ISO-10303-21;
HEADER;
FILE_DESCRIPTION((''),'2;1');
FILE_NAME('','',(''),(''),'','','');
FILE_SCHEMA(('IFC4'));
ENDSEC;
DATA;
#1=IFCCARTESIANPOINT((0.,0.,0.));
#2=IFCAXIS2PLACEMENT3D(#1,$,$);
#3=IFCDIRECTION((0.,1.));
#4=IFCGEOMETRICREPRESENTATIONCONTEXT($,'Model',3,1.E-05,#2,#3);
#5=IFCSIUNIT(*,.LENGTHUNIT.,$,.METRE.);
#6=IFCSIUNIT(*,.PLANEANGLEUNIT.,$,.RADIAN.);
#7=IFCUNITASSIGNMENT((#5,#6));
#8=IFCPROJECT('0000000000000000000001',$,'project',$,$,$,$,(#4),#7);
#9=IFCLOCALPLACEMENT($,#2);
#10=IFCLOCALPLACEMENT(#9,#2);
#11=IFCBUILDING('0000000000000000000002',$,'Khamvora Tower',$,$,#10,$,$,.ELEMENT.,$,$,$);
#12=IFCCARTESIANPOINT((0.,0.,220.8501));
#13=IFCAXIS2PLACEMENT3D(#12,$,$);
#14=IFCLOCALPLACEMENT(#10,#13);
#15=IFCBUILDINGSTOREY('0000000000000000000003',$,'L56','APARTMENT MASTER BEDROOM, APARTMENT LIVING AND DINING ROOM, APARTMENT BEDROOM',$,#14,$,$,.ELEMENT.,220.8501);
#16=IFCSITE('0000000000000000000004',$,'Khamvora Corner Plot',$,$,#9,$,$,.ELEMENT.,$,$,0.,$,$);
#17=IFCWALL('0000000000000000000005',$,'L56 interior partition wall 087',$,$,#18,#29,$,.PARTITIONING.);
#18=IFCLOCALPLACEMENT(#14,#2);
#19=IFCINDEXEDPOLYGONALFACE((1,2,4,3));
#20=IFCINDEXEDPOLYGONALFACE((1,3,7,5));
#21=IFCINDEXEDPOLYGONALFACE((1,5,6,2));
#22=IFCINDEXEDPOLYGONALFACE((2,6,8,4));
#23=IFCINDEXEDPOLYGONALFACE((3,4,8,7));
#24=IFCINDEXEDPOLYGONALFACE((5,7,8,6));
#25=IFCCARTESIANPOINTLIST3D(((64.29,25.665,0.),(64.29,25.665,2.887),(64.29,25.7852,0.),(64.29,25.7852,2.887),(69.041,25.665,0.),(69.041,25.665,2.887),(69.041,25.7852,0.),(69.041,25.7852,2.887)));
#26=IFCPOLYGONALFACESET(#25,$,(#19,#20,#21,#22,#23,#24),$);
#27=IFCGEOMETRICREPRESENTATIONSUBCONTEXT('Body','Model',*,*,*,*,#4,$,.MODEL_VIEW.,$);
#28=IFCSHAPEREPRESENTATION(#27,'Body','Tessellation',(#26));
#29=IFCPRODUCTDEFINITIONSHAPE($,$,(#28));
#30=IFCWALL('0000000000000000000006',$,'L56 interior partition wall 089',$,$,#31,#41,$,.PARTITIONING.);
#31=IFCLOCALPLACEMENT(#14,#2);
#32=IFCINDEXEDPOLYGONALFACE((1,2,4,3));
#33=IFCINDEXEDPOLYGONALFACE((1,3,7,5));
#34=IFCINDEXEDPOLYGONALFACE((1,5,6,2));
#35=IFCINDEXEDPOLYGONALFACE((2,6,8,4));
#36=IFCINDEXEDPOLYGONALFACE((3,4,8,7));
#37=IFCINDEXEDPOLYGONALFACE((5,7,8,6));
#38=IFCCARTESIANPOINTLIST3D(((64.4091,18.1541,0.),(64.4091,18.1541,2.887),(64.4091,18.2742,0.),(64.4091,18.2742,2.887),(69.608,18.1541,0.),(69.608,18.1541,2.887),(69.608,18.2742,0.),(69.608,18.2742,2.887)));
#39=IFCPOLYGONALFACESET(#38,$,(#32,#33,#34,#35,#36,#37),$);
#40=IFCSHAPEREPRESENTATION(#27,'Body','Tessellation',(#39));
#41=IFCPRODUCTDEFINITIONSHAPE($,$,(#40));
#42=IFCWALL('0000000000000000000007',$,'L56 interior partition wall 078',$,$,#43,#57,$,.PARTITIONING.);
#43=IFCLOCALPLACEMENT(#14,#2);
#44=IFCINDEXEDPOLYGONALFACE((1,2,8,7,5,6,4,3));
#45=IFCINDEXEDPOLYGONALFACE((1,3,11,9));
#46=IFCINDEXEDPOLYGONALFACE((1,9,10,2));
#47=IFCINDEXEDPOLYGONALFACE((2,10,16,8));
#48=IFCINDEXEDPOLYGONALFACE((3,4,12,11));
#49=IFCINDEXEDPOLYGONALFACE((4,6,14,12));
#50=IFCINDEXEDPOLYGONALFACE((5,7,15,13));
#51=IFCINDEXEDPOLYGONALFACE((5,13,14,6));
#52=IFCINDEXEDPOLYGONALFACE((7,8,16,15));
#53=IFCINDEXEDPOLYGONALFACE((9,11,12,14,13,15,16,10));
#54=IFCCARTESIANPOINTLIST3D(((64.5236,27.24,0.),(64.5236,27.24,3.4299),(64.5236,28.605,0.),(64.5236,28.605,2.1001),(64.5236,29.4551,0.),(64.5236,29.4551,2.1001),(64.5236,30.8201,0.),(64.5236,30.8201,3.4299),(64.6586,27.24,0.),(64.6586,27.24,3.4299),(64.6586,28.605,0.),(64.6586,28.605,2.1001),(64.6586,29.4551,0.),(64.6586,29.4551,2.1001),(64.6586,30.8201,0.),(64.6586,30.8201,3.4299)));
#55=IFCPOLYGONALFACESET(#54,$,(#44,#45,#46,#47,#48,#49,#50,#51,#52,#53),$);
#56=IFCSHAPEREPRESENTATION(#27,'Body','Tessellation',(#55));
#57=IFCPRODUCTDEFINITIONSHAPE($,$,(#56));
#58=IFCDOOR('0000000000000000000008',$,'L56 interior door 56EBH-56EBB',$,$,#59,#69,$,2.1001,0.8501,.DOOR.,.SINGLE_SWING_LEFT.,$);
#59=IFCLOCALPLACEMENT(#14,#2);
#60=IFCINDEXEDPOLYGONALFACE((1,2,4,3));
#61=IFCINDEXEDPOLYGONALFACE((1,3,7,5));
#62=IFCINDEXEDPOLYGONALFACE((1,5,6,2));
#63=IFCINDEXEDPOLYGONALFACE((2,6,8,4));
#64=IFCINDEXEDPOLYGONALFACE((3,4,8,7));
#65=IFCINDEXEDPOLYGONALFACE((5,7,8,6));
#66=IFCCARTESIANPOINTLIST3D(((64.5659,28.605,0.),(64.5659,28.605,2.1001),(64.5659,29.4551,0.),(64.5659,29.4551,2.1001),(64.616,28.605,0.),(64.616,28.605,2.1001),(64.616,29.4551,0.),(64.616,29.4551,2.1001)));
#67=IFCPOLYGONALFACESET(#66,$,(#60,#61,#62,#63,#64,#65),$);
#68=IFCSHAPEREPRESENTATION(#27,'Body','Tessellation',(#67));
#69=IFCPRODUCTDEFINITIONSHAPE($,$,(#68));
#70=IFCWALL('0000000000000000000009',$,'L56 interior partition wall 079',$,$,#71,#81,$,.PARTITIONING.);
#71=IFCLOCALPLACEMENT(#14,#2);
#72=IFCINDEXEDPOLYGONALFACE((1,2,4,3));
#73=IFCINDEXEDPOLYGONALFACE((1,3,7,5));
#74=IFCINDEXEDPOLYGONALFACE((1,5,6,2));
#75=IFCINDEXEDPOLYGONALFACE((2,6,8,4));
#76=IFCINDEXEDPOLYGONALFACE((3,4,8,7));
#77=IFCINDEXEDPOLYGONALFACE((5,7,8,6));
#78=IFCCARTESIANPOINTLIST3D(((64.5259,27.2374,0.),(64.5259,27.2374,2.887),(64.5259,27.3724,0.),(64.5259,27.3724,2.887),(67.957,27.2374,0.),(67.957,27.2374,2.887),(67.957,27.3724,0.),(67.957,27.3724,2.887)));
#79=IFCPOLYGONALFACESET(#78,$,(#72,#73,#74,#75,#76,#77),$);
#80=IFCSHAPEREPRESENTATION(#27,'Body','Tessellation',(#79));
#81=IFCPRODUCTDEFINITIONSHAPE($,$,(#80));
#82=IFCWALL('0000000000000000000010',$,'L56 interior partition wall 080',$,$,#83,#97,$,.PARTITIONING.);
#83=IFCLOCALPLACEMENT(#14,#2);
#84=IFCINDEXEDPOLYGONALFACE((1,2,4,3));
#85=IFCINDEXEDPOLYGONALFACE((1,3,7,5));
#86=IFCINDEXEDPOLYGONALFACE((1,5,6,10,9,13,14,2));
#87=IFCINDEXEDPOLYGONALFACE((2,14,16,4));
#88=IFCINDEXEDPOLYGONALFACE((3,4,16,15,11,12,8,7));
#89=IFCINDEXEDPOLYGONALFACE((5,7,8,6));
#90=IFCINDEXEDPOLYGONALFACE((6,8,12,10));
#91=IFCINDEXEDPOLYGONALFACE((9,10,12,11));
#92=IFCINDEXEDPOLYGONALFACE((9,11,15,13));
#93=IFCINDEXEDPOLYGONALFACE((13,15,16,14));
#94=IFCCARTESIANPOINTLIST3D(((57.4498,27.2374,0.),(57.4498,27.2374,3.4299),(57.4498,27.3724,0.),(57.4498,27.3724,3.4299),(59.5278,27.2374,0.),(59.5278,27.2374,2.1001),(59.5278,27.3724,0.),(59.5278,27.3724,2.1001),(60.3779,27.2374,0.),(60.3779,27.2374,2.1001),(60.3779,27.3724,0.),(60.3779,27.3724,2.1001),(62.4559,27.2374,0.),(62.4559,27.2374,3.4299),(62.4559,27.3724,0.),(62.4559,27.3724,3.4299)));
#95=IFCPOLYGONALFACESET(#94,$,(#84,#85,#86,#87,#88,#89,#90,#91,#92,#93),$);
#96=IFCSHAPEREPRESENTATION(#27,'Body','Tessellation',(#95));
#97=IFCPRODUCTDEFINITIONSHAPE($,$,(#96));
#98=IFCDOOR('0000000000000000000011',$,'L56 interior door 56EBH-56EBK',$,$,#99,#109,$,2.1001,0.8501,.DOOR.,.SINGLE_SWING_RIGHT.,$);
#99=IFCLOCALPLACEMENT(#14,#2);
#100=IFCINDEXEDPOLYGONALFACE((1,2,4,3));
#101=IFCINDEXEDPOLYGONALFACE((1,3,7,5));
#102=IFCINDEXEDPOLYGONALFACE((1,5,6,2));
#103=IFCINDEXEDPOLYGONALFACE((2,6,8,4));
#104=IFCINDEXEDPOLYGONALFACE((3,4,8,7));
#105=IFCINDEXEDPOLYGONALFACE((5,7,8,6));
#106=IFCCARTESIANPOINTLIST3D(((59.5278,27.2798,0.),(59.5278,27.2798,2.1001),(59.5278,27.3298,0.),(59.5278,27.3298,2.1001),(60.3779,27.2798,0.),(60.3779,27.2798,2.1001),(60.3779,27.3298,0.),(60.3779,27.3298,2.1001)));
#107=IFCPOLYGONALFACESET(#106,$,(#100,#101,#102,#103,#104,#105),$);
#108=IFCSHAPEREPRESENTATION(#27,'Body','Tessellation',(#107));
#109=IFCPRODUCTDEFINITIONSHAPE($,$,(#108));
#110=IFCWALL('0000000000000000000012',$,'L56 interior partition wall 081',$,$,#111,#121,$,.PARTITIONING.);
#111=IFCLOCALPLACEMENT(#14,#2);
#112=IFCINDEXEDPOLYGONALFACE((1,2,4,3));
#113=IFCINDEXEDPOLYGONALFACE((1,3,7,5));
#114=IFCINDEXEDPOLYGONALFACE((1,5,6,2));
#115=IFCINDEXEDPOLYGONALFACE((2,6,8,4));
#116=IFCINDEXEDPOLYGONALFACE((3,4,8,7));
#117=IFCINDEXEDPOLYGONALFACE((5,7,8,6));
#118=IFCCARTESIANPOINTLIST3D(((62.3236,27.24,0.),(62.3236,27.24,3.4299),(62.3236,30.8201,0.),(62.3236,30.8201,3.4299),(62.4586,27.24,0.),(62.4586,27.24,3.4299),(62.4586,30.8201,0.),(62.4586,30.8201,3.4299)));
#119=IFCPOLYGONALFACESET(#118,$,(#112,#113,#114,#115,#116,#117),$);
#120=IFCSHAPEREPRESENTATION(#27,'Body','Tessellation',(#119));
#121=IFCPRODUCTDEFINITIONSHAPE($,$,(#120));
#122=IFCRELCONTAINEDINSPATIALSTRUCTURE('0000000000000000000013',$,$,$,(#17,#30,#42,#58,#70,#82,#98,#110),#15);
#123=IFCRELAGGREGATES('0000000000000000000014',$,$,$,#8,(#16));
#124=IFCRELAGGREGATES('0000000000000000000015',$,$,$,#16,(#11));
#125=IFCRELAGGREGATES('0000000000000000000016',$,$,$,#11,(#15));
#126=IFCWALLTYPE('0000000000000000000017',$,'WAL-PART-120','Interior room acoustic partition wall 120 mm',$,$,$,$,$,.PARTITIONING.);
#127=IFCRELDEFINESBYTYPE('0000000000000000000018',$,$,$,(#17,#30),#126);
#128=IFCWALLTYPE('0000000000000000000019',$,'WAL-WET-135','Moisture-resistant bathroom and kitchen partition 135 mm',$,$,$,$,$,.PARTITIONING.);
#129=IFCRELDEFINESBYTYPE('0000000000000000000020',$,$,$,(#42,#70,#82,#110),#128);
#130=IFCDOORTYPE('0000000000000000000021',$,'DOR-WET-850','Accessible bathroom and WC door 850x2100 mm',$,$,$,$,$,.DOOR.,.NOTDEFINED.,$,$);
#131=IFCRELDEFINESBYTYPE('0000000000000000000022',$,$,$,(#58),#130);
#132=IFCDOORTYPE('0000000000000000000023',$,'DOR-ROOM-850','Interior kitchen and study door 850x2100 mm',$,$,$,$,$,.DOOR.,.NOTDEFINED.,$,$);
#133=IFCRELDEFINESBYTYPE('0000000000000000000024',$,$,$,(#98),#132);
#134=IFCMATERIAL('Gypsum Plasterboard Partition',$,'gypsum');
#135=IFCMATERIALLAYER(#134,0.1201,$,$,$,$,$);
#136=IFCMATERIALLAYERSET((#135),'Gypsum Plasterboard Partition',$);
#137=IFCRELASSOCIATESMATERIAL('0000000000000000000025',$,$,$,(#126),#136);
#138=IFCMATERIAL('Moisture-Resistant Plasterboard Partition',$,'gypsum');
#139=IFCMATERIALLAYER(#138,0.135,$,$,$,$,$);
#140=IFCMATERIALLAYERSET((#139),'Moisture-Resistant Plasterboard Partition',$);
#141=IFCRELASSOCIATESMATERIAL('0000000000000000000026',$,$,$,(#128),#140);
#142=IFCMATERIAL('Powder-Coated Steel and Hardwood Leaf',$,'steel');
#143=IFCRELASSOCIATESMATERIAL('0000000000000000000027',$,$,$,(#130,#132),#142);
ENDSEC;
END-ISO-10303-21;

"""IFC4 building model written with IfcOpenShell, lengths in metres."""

from ifc_helpers import new_model, si_unit, direction, frame, frame_2d, origin, place, context, subcontext, project, spatial, rectangle, extrude, material, layer, layer_set, type_object, element, fill, save


model = new_model("IFC4")

# Units and contexts
model_context = context("Model", 3, precision=1e-05, world=origin(), true_north=direction((0.0, 1.0)))
body_context = subcontext(model_context, "Body", "Model", "MODEL_VIEW")
ifc_project = project(units=[si_unit("LENGTHUNIT", "METRE"), si_unit("PLANEANGLEUNIT", "RADIAN")], contexts=[model_context])

# Site, building, storey
site_placement = place(None, origin())
site = spatial("IfcSite", under=ifc_project, at=site_placement, Name="Khamvora Corner Plot", CompositionType="ELEMENT", RefElevation=0.0)
building_placement = place(site_placement, origin())
building = spatial("IfcBuilding", under=site, at=building_placement, Name="Khamvora Tower", CompositionType="ELEMENT")
storey_placement = place(building_placement, frame((0.0, 0.0, 220.8501)))
storey = spatial("IfcBuildingStorey", under=building, at=storey_placement, Name="L56", Description="APARTMENT MASTER BEDROOM, APARTMENT LIVING AND DINING ROOM, APARTMENT BEDROOM", CompositionType="ELEMENT", Elevation=220.8501)

# Shared definitions
ifc_material_1 = material(Name="Gypsum Plasterboard Partition", Category="gypsum")
ifc_layer_1 = layer(ifc_material_1, 0.1201)
ifc_layer_set_1 = layer_set([ifc_layer_1], Name="Gypsum Plasterboard Partition")
wall_type_1 = type_object("IfcWallType", Name="WAL-PART-120", Description="Interior room acoustic partition wall 120 mm", PredefinedType="PARTITIONING", material=ifc_layer_set_1)

# Shared definitions
ifc_material_2 = material(Name="Powder-Coated Steel and Hardwood Leaf", Category="steel")

# Walls
wall_1_placement = place(storey_placement, frame((69.041, 25.7251, 0.0), z_axis=(0.0, 0.0, 1.0), x_axis=(-1.0, 0.0, 0.0)))
element("IfcWall", 1, at=wall_1_placement, inside=storey, type_object=wall_type_1, Name="L56 interior partition wall 087", PredefinedType="PARTITIONING", context=body_context, shape_type="SweptSolid", body=[
    extrude(rectangle(XDim=4.751, YDim=0.1201, at=frame_2d((2.3755, 0.0))), origin(), (0.0, 0.0, 1.0), 2.887),
])
wall_2_placement = place(storey_placement, frame((64.4089, 18.2141, 0.0), z_axis=(0.0, 0.0, 1.0), x_axis=(1.0, 0.0, 0.0)))
element("IfcWall", 2, at=wall_2_placement, inside=storey, type_object=wall_type_1, Name="L56 interior partition wall 089", PredefinedType="PARTITIONING", context=body_context, shape_type="SweptSolid", body=[
    extrude(rectangle(XDim=5.199, YDim=0.1201, at=frame_2d((2.5996, 0.0))), origin(), (0.0, 0.0, 1.0), 2.887),
])

# Wall, opening, door
ifc_material_3 = material(Name="Moisture-Resistant Plasterboard Partition", Category="gypsum")
ifc_layer_2 = layer(ifc_material_3, 0.135)
ifc_layer_set_2 = layer_set([ifc_layer_2], Name="Moisture-Resistant Plasterboard Partition")
wall_type_2 = type_object("IfcWallType", Name="WAL-WET-135", Description="Moisture-resistant bathroom and kitchen partition 135 mm", PredefinedType="PARTITIONING", material=ifc_layer_set_2)
wall_3_placement = place(storey_placement, frame((64.5911, 30.8201, 0.0), z_axis=(0.0, 0.0, 1.0), x_axis=(0.0, -1.0, 0.0)))
wall_3 = element("IfcWall", 3, at=wall_3_placement, inside=storey, type_object=wall_type_2, Name="L56 interior partition wall 078", PredefinedType="PARTITIONING", context=body_context, shape_type="SweptSolid", body=[
    extrude(rectangle(XDim=3.5801, YDim=0.135, at=frame_2d((1.79, 0.0))), origin(), (0.0, 0.0, 1.0), 3.4299),
])
opening_1_placement = place(wall_3_placement, frame((1.365, 0.0, 0.0)))
opening_1 = element("IfcOpeningElement", 4, at=opening_1_placement, cuts=wall_3, PredefinedType="OPENING", context=body_context, shape_type="SweptSolid", body=[
    extrude(rectangle(XDim=0.8501, YDim=2.1001, at=frame_2d((0.425, 1.05))), frame((0.0, 0.0774, 0.0), z_axis=(0.0, -1.0, 0.0), x_axis=(1.0, 0.0, 0.0)), (0.0, 0.0, 1.0), 0.155),
])
door_type_1 = type_object("IfcDoorType", Name="DOR-WET-850", Description="Accessible bathroom and WC door 850x2100 mm", OperationType="NOTDEFINED", PredefinedType="DOOR", material=ifc_material_2)
door_1_placement = place(opening_1_placement, origin())
door_1 = element("IfcDoor", 5, at=door_1_placement, inside=storey, type_object=door_type_1, Name="L56 interior door 56EBH-56EBB", OperationType="SINGLE_SWING_LEFT", OverallHeight=2.1001, OverallWidth=0.8501, PredefinedType="DOOR", context=body_context, shape_type="SweptSolid", body=[
    extrude(rectangle(XDim=0.8501, YDim=2.1001, at=frame_2d((0.425, 1.05))), frame((0.0, 0.0249, 0.0), z_axis=(0.0, -1.0, 0.0), x_axis=(1.0, 0.0, 0.0)), (0.0, 0.0, 1.0), 0.05),
])
fill(opening_1, door_1)

# Wall
wall_4_placement = place(storey_placement, frame((64.5259, 27.3049, 0.0), z_axis=(0.0, 0.0, 1.0), x_axis=(1.0, 0.0, 0.0)))
element("IfcWall", 6, at=wall_4_placement, inside=storey, type_object=wall_type_2, Name="L56 interior partition wall 079", PredefinedType="PARTITIONING", context=body_context, shape_type="SweptSolid", body=[
    extrude(rectangle(XDim=3.4312, YDim=0.135, at=frame_2d((1.7156, 0.0))), origin(), (0.0, 0.0, 1.0), 2.887),
])

# Wall, opening, door
wall_5_placement = place(storey_placement, frame((57.45, 27.3049, 0.0), z_axis=(0.0, 0.0, 1.0), x_axis=(1.0, 0.0, 0.0)))
wall_5 = element("IfcWall", 7, at=wall_5_placement, inside=storey, type_object=wall_type_2, Name="L56 interior partition wall 080", PredefinedType="PARTITIONING", context=body_context, shape_type="SweptSolid", body=[
    extrude(rectangle(XDim=5.0061, YDim=0.135, at=frame_2d((2.5029, 0.0))), origin(), (0.0, 0.0, 1.0), 3.4299),
])
opening_2_placement = place(wall_5_placement, frame((2.0779, 0.0, 0.0)))
opening_2 = element("IfcOpeningElement", 8, at=opening_2_placement, cuts=wall_5, PredefinedType="OPENING", context=body_context, shape_type="SweptSolid", body=[
    extrude(rectangle(XDim=0.8501, YDim=2.1001, at=frame_2d((0.425, 1.05))), frame((0.0, 0.0774, 0.0), z_axis=(0.0, -1.0, 0.0), x_axis=(1.0, 0.0, 0.0)), (0.0, 0.0, 1.0), 0.155),
])
door_type_2 = type_object("IfcDoorType", Name="DOR-ROOM-850", Description="Interior kitchen and study door 850x2100 mm", OperationType="NOTDEFINED", PredefinedType="DOOR", material=ifc_material_2)
door_2_placement = place(opening_2_placement, origin())
door_2 = element("IfcDoor", 9, at=door_2_placement, inside=storey, type_object=door_type_2, Name="L56 interior door 56EBH-56EBK", OperationType="SINGLE_SWING_RIGHT", OverallHeight=2.1001, OverallWidth=0.8501, PredefinedType="DOOR", context=body_context, shape_type="SweptSolid", body=[
    extrude(rectangle(XDim=0.8501, YDim=2.1001, at=frame_2d((0.425, 1.05))), frame((0.0, 0.0249, 0.0), z_axis=(0.0, -1.0, 0.0), x_axis=(1.0, 0.0, 0.0)), (0.0, 0.0, 1.0), 0.05),
])
fill(opening_2, door_2)

# Wall
wall_6_placement = place(storey_placement, frame((62.3911, 27.24, 0.0), z_axis=(0.0, 0.0, 1.0), x_axis=(0.0, 1.0, 0.0)))
element("IfcWall", 10, at=wall_6_placement, inside=storey, type_object=wall_type_2, Name="L56 interior partition wall 081", PredefinedType="PARTITIONING", context=body_context, shape_type="SweptSolid", body=[
    extrude(rectangle(XDim=3.5801, YDim=0.135, at=frame_2d((1.79, 0.0))), origin(), (0.0, 0.0, 1.0), 3.4299),
])

save(model, "model.ifc")
